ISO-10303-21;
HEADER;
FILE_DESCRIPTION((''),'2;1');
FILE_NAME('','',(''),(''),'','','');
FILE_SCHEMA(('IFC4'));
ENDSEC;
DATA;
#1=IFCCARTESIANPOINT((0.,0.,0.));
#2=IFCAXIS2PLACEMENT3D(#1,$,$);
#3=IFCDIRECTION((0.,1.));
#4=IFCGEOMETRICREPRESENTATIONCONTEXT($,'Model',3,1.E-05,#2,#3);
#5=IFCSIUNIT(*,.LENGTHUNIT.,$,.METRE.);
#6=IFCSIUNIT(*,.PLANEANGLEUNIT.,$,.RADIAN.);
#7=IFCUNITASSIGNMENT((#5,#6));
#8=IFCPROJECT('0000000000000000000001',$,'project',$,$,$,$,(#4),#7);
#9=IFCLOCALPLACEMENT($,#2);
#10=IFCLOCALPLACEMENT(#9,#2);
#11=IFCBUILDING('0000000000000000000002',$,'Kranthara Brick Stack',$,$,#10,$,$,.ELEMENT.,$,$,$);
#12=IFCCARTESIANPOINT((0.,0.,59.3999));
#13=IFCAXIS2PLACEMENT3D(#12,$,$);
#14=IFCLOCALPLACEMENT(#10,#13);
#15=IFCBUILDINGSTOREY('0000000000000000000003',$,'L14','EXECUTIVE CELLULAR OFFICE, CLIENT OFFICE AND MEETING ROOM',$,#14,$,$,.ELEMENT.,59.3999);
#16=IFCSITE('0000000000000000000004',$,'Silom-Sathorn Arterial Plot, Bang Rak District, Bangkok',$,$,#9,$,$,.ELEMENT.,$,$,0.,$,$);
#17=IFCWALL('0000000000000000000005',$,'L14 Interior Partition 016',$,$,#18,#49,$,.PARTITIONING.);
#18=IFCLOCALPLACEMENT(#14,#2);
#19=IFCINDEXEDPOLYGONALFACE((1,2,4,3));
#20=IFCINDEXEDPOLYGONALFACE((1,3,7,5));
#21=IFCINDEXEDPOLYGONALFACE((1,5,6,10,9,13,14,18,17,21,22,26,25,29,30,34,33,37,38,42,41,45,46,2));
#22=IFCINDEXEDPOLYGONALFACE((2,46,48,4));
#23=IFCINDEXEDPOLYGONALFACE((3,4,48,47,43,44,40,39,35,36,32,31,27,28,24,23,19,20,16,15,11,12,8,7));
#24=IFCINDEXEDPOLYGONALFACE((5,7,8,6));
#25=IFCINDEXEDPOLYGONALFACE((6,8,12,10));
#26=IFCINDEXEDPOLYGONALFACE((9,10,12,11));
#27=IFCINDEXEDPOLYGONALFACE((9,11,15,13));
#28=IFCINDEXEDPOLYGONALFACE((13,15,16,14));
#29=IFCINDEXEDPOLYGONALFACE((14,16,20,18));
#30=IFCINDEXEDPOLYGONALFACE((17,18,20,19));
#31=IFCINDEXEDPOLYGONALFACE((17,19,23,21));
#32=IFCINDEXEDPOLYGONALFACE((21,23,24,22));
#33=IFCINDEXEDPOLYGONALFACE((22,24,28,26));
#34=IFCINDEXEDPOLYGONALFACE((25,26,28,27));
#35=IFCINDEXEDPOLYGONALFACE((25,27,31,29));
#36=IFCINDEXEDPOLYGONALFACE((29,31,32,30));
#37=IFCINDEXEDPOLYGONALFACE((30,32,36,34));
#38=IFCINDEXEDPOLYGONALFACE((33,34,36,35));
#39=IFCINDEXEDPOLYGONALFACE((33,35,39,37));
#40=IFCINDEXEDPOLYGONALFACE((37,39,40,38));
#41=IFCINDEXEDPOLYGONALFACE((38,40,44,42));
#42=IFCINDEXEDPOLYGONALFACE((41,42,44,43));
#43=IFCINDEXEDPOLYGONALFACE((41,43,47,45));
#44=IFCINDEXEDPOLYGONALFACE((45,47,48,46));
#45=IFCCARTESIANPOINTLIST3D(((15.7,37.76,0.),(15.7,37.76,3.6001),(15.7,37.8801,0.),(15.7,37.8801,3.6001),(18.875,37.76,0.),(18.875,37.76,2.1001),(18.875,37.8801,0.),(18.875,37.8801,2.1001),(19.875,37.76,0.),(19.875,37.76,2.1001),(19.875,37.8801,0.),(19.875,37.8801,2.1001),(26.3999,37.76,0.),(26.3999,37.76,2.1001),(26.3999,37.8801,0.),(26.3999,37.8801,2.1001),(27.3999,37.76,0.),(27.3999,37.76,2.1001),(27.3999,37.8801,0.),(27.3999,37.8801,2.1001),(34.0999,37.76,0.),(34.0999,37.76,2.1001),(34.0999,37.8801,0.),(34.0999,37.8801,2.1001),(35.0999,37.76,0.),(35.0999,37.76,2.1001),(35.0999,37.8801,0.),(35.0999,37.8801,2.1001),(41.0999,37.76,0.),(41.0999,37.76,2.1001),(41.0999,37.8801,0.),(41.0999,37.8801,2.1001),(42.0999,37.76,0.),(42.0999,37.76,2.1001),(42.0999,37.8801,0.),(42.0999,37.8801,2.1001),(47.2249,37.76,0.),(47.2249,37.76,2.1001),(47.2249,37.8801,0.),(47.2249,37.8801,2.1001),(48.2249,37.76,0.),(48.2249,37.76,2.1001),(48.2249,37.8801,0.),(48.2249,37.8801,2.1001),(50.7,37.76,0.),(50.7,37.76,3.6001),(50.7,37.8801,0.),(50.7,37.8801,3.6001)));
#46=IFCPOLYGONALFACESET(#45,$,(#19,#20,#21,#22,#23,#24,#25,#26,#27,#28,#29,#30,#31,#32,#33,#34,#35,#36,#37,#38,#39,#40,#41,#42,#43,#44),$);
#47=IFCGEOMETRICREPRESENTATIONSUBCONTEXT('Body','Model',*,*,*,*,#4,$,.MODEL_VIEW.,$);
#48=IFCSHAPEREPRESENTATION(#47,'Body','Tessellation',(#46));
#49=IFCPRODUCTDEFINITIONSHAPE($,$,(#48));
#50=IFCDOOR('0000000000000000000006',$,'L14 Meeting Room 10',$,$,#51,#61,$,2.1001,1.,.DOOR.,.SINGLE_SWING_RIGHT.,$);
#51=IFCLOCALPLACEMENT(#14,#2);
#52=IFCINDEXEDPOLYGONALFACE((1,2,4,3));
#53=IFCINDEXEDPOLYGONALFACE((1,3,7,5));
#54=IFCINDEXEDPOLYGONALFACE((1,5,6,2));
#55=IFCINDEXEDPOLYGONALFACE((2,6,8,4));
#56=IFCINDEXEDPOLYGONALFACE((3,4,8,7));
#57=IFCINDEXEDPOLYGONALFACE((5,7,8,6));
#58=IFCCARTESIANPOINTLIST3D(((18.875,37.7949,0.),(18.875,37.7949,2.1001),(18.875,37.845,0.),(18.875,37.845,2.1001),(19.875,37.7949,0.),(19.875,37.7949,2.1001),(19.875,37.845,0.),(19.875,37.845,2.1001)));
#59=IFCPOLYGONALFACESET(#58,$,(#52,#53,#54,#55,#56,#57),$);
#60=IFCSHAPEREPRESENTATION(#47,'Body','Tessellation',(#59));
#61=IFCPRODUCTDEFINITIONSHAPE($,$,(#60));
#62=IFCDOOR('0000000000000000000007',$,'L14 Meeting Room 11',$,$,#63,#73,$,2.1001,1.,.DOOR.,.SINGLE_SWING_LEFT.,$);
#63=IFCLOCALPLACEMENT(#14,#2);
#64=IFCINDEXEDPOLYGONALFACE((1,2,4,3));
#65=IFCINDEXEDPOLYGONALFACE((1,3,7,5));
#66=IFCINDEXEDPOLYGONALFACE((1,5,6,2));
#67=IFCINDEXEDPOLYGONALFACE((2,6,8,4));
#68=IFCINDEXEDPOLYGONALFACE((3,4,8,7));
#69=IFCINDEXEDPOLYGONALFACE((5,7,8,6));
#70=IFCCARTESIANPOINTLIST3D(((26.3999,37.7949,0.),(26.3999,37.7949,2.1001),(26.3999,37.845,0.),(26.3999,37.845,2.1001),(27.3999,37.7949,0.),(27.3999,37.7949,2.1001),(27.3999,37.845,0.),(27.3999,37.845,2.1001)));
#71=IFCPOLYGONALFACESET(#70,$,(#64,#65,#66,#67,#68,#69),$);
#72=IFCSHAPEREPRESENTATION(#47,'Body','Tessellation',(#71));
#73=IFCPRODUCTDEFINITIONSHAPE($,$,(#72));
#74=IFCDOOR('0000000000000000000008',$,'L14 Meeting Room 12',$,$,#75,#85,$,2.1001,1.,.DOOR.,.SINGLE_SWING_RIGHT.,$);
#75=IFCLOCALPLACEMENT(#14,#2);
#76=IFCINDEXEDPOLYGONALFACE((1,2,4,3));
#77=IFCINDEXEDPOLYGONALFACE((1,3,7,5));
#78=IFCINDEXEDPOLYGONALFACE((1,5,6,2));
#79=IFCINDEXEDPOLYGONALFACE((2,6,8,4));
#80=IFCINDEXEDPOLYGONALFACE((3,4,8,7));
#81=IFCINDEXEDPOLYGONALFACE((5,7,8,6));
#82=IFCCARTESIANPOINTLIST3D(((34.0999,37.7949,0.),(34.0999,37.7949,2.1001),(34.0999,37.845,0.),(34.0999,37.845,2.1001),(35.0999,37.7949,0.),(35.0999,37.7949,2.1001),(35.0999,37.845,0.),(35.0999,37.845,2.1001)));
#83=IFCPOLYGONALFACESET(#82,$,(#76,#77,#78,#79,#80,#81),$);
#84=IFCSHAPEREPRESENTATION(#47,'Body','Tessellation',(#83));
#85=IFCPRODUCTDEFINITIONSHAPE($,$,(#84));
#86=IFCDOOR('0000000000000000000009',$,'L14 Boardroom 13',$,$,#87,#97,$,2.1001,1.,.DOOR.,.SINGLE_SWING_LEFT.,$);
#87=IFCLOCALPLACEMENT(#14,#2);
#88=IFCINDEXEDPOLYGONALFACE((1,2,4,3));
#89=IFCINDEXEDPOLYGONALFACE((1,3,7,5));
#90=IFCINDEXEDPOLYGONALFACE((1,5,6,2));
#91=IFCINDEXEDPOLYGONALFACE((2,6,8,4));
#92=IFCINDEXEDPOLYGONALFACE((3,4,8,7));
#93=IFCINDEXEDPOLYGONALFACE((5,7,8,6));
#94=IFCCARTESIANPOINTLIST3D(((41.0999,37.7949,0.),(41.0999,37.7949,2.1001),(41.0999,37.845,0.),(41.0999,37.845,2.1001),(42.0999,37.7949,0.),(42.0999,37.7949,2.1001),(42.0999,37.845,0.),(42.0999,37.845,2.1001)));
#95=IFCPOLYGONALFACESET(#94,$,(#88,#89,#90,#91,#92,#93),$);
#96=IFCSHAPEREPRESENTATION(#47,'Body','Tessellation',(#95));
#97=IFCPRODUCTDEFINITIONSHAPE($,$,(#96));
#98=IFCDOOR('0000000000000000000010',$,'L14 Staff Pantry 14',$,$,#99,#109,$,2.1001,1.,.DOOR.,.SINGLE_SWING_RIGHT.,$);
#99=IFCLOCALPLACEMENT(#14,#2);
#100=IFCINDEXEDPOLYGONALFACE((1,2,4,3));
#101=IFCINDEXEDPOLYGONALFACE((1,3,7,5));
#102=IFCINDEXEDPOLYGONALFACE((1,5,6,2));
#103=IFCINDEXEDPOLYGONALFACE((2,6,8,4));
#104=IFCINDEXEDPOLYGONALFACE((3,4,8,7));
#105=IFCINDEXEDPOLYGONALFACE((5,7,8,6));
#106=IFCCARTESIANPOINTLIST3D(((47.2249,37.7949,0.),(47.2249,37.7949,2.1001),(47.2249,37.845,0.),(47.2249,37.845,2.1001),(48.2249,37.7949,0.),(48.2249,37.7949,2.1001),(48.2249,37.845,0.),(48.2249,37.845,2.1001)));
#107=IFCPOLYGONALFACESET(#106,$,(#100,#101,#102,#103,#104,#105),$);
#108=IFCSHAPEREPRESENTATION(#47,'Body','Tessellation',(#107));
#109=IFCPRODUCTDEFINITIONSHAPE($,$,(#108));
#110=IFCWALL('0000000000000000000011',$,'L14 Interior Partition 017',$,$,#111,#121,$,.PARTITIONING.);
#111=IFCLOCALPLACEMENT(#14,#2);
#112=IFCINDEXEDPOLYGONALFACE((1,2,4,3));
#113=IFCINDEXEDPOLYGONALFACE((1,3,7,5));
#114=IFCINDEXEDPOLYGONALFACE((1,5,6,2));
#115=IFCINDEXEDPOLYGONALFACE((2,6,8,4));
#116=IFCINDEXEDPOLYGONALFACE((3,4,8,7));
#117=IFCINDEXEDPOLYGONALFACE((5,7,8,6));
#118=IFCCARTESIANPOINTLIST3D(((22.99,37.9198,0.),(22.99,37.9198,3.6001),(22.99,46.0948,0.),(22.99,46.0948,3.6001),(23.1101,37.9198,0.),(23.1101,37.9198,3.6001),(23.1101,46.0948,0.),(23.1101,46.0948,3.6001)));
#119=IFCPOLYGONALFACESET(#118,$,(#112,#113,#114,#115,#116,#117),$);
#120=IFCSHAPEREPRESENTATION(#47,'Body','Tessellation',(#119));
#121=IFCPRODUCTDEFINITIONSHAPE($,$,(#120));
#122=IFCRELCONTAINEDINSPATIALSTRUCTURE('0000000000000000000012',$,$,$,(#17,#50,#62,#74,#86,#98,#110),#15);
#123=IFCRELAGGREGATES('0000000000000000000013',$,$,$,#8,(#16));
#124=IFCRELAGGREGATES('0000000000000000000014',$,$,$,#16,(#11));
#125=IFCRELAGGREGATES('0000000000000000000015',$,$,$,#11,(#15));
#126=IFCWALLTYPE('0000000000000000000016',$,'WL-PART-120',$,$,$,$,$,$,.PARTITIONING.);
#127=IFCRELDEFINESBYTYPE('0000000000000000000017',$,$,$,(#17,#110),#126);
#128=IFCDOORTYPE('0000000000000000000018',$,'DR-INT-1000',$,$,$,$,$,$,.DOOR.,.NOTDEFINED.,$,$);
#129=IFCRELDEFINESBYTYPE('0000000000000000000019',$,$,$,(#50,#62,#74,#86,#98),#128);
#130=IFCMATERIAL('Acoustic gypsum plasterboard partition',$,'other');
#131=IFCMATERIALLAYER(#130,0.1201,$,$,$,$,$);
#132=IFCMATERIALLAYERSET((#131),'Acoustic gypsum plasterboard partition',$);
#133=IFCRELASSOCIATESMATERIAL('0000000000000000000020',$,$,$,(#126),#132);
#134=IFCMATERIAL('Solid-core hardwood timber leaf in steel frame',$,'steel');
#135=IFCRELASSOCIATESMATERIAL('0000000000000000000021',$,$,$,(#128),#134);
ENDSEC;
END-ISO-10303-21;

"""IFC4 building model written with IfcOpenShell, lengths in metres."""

from ifc_helpers import new_model, si_unit, direction, frame, frame_2d, origin, place, context, subcontext, project, spatial, rectangle, extrude, material, layer, layer_set, type_object, element, fill, save


model = new_model("IFC4")

# Units and contexts
model_context = context("Model", 3, precision=1e-05, world=origin(), true_north=direction((0.0, 1.0)))
body_context = subcontext(model_context, "Body", "Model", "MODEL_VIEW")
ifc_project = project(units=[si_unit("LENGTHUNIT", "METRE"), si_unit("PLANEANGLEUNIT", "RADIAN")], contexts=[model_context])

# Site, building, storey
site_placement = place(None, origin())
site = spatial("IfcSite", under=ifc_project, at=site_placement, Name="Silom-Sathorn Arterial Plot, Bang Rak District, Bangkok", CompositionType="ELEMENT", RefElevation=0.0)
building_placement = place(site_placement, origin())
building = spatial("IfcBuilding", under=site, at=building_placement, Name="Kranthara Brick Stack", CompositionType="ELEMENT")
storey_placement = place(building_placement, frame((0.0, 0.0, 59.3999)))
storey = spatial("IfcBuildingStorey", under=building, at=storey_placement, Name="L14", Description="EXECUTIVE CELLULAR OFFICE, CLIENT OFFICE AND MEETING ROOM", CompositionType="ELEMENT", Elevation=59.3999)

# Shared definitions
ifc_material_1 = material(Name="Acoustic gypsum plasterboard partition", Category="other")
ifc_layer_1 = layer(ifc_material_1, 0.1201)
ifc_layer_set_1 = layer_set([ifc_layer_1], Name="Acoustic gypsum plasterboard partition")
wall_type_1 = type_object("IfcWallType", Name="WL-PART-120", PredefinedType="PARTITIONING", material=ifc_layer_set_1)

# Wall, openings, doors
wall_1_placement = place(storey_placement, frame((15.7, 37.8201, 0.0), z_axis=(0.0, 0.0, 1.0), x_axis=(1.0, 0.0, 0.0)))
wall_1 = element("IfcWall", 1, at=wall_1_placement, inside=storey, type_object=wall_type_1, Name="L14 Interior Partition 016", PredefinedType="PARTITIONING", context=body_context, shape_type="SweptSolid", body=[
    extrude(rectangle(XDim=35.0, YDim=0.1201, at=frame_2d((17.5, 0.0))), origin(), (0.0, 0.0, 1.0), 3.6001),
])
opening_1_placement = place(wall_1_placement, frame((3.175, 0.0, 0.0)))
opening_1 = element("IfcOpeningElement", 2, at=opening_1_placement, cuts=wall_1, PredefinedType="OPENING", context=body_context, shape_type="SweptSolid", body=[
    extrude(rectangle(XDim=1.0, YDim=2.1001, at=frame_2d((0.5, 1.05))), frame((0.0, 0.0701, 0.0), z_axis=(0.0, -1.0, 0.0), x_axis=(1.0, 0.0, 0.0)), (0.0, 0.0, 1.0), 0.1401),
])
opening_2_placement = place(wall_1_placement, frame((10.7, 0.0, 0.0)))
opening_2 = element("IfcOpeningElement", 3, at=opening_2_placement, cuts=wall_1, PredefinedType="OPENING", context=body_context, shape_type="SweptSolid", body=[
    extrude(rectangle(XDim=1.0, YDim=2.1001, at=frame_2d((0.5, 1.05))), frame((0.0, 0.0701, 0.0), z_axis=(0.0, -1.0, 0.0), x_axis=(1.0, 0.0, 0.0)), (0.0, 0.0, 1.0), 0.1401),
])
opening_3_placement = place(wall_1_placement, frame((18.3999, 0.0, 0.0)))
opening_3 = element("IfcOpeningElement", 4, at=opening_3_placement, cuts=wall_1, PredefinedType="OPENING", context=body_context, shape_type="SweptSolid", body=[
    extrude(rectangle(XDim=1.0, YDim=2.1001, at=frame_2d((0.5, 1.05))), frame((0.0, 0.0701, 0.0), z_axis=(0.0, -1.0, 0.0), x_axis=(1.0, 0.0, 0.0)), (0.0, 0.0, 1.0), 0.1401),
])
opening_4_placement = place(wall_1_placement, frame((25.3999, 0.0, 0.0)))
opening_4 = element("IfcOpeningElement", 5, at=opening_4_placement, cuts=wall_1, PredefinedType="OPENING", context=body_context, shape_type="SweptSolid", body=[
    extrude(rectangle(XDim=1.0, YDim=2.1001, at=frame_2d((0.5, 1.05))), frame((0.0, 0.0701, 0.0), z_axis=(0.0, -1.0, 0.0), x_axis=(1.0, 0.0, 0.0)), (0.0, 0.0, 1.0), 0.1401),
])
opening_5_placement = place(wall_1_placement, frame((31.5249, 0.0, 0.0)))
opening_5 = element("IfcOpeningElement", 6, at=opening_5_placement, cuts=wall_1, PredefinedType="OPENING", context=body_context, shape_type="SweptSolid", body=[
    extrude(rectangle(XDim=1.0, YDim=2.1001, at=frame_2d((0.5, 1.05))), frame((0.0, 0.0701, 0.0), z_axis=(0.0, -1.0, 0.0), x_axis=(1.0, 0.0, 0.0)), (0.0, 0.0, 1.0), 0.1401),
])
ifc_material_2 = material(Name="Solid-core hardwood timber leaf in steel frame", Category="steel")
door_type_1 = type_object("IfcDoorType", Name="DR-INT-1000", OperationType="NOTDEFINED", PredefinedType="DOOR", material=ifc_material_2)
door_1_placement = place(opening_1_placement, origin())
door_1 = element("IfcDoor", 7, at=door_1_placement, inside=storey, type_object=door_type_1, Name="L14 Meeting Room 10", OperationType="SINGLE_SWING_RIGHT", OverallHeight=2.1001, OverallWidth=1.0, PredefinedType="DOOR", context=body_context, shape_type="SweptSolid", body=[
    extrude(rectangle(XDim=1.0, YDim=2.1001, at=frame_2d((0.5, 1.05))), frame((0.0, 0.0249, 0.0), z_axis=(0.0, -1.0, 0.0), x_axis=(1.0, 0.0, 0.0)), (0.0, 0.0, 1.0), 0.05),
])
fill(opening_1, door_1)
door_2_placement = place(opening_2_placement, origin())
door_2 = element("IfcDoor", 8, at=door_2_placement, inside=storey, type_object=door_type_1, Name="L14 Meeting Room 11", OperationType="SINGLE_SWING_LEFT", OverallHeight=2.1001, OverallWidth=1.0, PredefinedType="DOOR", context=body_context, shape_type="SweptSolid", body=[
    extrude(rectangle(XDim=1.0, YDim=2.1001, at=frame_2d((0.5, 1.05))), frame((0.0, 0.0249, 0.0), z_axis=(0.0, -1.0, 0.0), x_axis=(1.0, 0.0, 0.0)), (0.0, 0.0, 1.0), 0.05),
])
fill(opening_2, door_2)
door_3_placement = place(opening_3_placement, origin())
door_3 = element("IfcDoor", 9, at=door_3_placement, inside=storey, type_object=door_type_1, Name="L14 Meeting Room 12", OperationType="SINGLE_SWING_RIGHT", OverallHeight=2.1001, OverallWidth=1.0, PredefinedType="DOOR", context=body_context, shape_type="SweptSolid", body=[
    extrude(rectangle(XDim=1.0, YDim=2.1001, at=frame_2d((0.5, 1.05))), frame((0.0, 0.0249, 0.0), z_axis=(0.0, -1.0, 0.0), x_axis=(1.0, 0.0, 0.0)), (0.0, 0.0, 1.0), 0.05),
])
fill(opening_3, door_3)
door_4_placement = place(opening_4_placement, origin())
door_4 = element("IfcDoor", 10, at=door_4_placement, inside=storey, type_object=door_type_1, Name="L14 Boardroom 13", OperationType="SINGLE_SWING_LEFT", OverallHeight=2.1001, OverallWidth=1.0, PredefinedType="DOOR", context=body_context, shape_type="SweptSolid", body=[
    extrude(rectangle(XDim=1.0, YDim=2.1001, at=frame_2d((0.5, 1.05))), frame((0.0, 0.0249, 0.0), z_axis=(0.0, -1.0, 0.0), x_axis=(1.0, 0.0, 0.0)), (0.0, 0.0, 1.0), 0.05),
])
fill(opening_4, door_4)
door_5_placement = place(opening_5_placement, origin())
door_5 = element("IfcDoor", 11, at=door_5_placement, inside=storey, type_object=door_type_1, Name="L14 Staff Pantry 14", OperationType="SINGLE_SWING_RIGHT", OverallHeight=2.1001, OverallWidth=1.0, PredefinedType="DOOR", context=body_context, shape_type="SweptSolid", body=[
    extrude(rectangle(XDim=1.0, YDim=2.1001, at=frame_2d((0.5, 1.05))), frame((0.0, 0.0249, 0.0), z_axis=(0.0, -1.0, 0.0), x_axis=(1.0, 0.0, 0.0)), (0.0, 0.0, 1.0), 0.05),
])
fill(opening_5, door_5)

# Wall
wall_2_placement = place(storey_placement, frame((23.05, 37.9199, 0.0), z_axis=(0.0, 0.0, 1.0), x_axis=(0.0, 1.0, 0.0)))
element("IfcWall", 12, at=wall_2_placement, inside=storey, type_object=wall_type_1, Name="L14 Interior Partition 017", PredefinedType="PARTITIONING", context=body_context, shape_type="SweptSolid", body=[
    extrude(rectangle(XDim=8.175, YDim=0.1201, at=frame_2d((4.0874, 0.0))), origin(), (0.0, 0.0, 1.0), 3.6001),
])

save(model, "model.ifc")
